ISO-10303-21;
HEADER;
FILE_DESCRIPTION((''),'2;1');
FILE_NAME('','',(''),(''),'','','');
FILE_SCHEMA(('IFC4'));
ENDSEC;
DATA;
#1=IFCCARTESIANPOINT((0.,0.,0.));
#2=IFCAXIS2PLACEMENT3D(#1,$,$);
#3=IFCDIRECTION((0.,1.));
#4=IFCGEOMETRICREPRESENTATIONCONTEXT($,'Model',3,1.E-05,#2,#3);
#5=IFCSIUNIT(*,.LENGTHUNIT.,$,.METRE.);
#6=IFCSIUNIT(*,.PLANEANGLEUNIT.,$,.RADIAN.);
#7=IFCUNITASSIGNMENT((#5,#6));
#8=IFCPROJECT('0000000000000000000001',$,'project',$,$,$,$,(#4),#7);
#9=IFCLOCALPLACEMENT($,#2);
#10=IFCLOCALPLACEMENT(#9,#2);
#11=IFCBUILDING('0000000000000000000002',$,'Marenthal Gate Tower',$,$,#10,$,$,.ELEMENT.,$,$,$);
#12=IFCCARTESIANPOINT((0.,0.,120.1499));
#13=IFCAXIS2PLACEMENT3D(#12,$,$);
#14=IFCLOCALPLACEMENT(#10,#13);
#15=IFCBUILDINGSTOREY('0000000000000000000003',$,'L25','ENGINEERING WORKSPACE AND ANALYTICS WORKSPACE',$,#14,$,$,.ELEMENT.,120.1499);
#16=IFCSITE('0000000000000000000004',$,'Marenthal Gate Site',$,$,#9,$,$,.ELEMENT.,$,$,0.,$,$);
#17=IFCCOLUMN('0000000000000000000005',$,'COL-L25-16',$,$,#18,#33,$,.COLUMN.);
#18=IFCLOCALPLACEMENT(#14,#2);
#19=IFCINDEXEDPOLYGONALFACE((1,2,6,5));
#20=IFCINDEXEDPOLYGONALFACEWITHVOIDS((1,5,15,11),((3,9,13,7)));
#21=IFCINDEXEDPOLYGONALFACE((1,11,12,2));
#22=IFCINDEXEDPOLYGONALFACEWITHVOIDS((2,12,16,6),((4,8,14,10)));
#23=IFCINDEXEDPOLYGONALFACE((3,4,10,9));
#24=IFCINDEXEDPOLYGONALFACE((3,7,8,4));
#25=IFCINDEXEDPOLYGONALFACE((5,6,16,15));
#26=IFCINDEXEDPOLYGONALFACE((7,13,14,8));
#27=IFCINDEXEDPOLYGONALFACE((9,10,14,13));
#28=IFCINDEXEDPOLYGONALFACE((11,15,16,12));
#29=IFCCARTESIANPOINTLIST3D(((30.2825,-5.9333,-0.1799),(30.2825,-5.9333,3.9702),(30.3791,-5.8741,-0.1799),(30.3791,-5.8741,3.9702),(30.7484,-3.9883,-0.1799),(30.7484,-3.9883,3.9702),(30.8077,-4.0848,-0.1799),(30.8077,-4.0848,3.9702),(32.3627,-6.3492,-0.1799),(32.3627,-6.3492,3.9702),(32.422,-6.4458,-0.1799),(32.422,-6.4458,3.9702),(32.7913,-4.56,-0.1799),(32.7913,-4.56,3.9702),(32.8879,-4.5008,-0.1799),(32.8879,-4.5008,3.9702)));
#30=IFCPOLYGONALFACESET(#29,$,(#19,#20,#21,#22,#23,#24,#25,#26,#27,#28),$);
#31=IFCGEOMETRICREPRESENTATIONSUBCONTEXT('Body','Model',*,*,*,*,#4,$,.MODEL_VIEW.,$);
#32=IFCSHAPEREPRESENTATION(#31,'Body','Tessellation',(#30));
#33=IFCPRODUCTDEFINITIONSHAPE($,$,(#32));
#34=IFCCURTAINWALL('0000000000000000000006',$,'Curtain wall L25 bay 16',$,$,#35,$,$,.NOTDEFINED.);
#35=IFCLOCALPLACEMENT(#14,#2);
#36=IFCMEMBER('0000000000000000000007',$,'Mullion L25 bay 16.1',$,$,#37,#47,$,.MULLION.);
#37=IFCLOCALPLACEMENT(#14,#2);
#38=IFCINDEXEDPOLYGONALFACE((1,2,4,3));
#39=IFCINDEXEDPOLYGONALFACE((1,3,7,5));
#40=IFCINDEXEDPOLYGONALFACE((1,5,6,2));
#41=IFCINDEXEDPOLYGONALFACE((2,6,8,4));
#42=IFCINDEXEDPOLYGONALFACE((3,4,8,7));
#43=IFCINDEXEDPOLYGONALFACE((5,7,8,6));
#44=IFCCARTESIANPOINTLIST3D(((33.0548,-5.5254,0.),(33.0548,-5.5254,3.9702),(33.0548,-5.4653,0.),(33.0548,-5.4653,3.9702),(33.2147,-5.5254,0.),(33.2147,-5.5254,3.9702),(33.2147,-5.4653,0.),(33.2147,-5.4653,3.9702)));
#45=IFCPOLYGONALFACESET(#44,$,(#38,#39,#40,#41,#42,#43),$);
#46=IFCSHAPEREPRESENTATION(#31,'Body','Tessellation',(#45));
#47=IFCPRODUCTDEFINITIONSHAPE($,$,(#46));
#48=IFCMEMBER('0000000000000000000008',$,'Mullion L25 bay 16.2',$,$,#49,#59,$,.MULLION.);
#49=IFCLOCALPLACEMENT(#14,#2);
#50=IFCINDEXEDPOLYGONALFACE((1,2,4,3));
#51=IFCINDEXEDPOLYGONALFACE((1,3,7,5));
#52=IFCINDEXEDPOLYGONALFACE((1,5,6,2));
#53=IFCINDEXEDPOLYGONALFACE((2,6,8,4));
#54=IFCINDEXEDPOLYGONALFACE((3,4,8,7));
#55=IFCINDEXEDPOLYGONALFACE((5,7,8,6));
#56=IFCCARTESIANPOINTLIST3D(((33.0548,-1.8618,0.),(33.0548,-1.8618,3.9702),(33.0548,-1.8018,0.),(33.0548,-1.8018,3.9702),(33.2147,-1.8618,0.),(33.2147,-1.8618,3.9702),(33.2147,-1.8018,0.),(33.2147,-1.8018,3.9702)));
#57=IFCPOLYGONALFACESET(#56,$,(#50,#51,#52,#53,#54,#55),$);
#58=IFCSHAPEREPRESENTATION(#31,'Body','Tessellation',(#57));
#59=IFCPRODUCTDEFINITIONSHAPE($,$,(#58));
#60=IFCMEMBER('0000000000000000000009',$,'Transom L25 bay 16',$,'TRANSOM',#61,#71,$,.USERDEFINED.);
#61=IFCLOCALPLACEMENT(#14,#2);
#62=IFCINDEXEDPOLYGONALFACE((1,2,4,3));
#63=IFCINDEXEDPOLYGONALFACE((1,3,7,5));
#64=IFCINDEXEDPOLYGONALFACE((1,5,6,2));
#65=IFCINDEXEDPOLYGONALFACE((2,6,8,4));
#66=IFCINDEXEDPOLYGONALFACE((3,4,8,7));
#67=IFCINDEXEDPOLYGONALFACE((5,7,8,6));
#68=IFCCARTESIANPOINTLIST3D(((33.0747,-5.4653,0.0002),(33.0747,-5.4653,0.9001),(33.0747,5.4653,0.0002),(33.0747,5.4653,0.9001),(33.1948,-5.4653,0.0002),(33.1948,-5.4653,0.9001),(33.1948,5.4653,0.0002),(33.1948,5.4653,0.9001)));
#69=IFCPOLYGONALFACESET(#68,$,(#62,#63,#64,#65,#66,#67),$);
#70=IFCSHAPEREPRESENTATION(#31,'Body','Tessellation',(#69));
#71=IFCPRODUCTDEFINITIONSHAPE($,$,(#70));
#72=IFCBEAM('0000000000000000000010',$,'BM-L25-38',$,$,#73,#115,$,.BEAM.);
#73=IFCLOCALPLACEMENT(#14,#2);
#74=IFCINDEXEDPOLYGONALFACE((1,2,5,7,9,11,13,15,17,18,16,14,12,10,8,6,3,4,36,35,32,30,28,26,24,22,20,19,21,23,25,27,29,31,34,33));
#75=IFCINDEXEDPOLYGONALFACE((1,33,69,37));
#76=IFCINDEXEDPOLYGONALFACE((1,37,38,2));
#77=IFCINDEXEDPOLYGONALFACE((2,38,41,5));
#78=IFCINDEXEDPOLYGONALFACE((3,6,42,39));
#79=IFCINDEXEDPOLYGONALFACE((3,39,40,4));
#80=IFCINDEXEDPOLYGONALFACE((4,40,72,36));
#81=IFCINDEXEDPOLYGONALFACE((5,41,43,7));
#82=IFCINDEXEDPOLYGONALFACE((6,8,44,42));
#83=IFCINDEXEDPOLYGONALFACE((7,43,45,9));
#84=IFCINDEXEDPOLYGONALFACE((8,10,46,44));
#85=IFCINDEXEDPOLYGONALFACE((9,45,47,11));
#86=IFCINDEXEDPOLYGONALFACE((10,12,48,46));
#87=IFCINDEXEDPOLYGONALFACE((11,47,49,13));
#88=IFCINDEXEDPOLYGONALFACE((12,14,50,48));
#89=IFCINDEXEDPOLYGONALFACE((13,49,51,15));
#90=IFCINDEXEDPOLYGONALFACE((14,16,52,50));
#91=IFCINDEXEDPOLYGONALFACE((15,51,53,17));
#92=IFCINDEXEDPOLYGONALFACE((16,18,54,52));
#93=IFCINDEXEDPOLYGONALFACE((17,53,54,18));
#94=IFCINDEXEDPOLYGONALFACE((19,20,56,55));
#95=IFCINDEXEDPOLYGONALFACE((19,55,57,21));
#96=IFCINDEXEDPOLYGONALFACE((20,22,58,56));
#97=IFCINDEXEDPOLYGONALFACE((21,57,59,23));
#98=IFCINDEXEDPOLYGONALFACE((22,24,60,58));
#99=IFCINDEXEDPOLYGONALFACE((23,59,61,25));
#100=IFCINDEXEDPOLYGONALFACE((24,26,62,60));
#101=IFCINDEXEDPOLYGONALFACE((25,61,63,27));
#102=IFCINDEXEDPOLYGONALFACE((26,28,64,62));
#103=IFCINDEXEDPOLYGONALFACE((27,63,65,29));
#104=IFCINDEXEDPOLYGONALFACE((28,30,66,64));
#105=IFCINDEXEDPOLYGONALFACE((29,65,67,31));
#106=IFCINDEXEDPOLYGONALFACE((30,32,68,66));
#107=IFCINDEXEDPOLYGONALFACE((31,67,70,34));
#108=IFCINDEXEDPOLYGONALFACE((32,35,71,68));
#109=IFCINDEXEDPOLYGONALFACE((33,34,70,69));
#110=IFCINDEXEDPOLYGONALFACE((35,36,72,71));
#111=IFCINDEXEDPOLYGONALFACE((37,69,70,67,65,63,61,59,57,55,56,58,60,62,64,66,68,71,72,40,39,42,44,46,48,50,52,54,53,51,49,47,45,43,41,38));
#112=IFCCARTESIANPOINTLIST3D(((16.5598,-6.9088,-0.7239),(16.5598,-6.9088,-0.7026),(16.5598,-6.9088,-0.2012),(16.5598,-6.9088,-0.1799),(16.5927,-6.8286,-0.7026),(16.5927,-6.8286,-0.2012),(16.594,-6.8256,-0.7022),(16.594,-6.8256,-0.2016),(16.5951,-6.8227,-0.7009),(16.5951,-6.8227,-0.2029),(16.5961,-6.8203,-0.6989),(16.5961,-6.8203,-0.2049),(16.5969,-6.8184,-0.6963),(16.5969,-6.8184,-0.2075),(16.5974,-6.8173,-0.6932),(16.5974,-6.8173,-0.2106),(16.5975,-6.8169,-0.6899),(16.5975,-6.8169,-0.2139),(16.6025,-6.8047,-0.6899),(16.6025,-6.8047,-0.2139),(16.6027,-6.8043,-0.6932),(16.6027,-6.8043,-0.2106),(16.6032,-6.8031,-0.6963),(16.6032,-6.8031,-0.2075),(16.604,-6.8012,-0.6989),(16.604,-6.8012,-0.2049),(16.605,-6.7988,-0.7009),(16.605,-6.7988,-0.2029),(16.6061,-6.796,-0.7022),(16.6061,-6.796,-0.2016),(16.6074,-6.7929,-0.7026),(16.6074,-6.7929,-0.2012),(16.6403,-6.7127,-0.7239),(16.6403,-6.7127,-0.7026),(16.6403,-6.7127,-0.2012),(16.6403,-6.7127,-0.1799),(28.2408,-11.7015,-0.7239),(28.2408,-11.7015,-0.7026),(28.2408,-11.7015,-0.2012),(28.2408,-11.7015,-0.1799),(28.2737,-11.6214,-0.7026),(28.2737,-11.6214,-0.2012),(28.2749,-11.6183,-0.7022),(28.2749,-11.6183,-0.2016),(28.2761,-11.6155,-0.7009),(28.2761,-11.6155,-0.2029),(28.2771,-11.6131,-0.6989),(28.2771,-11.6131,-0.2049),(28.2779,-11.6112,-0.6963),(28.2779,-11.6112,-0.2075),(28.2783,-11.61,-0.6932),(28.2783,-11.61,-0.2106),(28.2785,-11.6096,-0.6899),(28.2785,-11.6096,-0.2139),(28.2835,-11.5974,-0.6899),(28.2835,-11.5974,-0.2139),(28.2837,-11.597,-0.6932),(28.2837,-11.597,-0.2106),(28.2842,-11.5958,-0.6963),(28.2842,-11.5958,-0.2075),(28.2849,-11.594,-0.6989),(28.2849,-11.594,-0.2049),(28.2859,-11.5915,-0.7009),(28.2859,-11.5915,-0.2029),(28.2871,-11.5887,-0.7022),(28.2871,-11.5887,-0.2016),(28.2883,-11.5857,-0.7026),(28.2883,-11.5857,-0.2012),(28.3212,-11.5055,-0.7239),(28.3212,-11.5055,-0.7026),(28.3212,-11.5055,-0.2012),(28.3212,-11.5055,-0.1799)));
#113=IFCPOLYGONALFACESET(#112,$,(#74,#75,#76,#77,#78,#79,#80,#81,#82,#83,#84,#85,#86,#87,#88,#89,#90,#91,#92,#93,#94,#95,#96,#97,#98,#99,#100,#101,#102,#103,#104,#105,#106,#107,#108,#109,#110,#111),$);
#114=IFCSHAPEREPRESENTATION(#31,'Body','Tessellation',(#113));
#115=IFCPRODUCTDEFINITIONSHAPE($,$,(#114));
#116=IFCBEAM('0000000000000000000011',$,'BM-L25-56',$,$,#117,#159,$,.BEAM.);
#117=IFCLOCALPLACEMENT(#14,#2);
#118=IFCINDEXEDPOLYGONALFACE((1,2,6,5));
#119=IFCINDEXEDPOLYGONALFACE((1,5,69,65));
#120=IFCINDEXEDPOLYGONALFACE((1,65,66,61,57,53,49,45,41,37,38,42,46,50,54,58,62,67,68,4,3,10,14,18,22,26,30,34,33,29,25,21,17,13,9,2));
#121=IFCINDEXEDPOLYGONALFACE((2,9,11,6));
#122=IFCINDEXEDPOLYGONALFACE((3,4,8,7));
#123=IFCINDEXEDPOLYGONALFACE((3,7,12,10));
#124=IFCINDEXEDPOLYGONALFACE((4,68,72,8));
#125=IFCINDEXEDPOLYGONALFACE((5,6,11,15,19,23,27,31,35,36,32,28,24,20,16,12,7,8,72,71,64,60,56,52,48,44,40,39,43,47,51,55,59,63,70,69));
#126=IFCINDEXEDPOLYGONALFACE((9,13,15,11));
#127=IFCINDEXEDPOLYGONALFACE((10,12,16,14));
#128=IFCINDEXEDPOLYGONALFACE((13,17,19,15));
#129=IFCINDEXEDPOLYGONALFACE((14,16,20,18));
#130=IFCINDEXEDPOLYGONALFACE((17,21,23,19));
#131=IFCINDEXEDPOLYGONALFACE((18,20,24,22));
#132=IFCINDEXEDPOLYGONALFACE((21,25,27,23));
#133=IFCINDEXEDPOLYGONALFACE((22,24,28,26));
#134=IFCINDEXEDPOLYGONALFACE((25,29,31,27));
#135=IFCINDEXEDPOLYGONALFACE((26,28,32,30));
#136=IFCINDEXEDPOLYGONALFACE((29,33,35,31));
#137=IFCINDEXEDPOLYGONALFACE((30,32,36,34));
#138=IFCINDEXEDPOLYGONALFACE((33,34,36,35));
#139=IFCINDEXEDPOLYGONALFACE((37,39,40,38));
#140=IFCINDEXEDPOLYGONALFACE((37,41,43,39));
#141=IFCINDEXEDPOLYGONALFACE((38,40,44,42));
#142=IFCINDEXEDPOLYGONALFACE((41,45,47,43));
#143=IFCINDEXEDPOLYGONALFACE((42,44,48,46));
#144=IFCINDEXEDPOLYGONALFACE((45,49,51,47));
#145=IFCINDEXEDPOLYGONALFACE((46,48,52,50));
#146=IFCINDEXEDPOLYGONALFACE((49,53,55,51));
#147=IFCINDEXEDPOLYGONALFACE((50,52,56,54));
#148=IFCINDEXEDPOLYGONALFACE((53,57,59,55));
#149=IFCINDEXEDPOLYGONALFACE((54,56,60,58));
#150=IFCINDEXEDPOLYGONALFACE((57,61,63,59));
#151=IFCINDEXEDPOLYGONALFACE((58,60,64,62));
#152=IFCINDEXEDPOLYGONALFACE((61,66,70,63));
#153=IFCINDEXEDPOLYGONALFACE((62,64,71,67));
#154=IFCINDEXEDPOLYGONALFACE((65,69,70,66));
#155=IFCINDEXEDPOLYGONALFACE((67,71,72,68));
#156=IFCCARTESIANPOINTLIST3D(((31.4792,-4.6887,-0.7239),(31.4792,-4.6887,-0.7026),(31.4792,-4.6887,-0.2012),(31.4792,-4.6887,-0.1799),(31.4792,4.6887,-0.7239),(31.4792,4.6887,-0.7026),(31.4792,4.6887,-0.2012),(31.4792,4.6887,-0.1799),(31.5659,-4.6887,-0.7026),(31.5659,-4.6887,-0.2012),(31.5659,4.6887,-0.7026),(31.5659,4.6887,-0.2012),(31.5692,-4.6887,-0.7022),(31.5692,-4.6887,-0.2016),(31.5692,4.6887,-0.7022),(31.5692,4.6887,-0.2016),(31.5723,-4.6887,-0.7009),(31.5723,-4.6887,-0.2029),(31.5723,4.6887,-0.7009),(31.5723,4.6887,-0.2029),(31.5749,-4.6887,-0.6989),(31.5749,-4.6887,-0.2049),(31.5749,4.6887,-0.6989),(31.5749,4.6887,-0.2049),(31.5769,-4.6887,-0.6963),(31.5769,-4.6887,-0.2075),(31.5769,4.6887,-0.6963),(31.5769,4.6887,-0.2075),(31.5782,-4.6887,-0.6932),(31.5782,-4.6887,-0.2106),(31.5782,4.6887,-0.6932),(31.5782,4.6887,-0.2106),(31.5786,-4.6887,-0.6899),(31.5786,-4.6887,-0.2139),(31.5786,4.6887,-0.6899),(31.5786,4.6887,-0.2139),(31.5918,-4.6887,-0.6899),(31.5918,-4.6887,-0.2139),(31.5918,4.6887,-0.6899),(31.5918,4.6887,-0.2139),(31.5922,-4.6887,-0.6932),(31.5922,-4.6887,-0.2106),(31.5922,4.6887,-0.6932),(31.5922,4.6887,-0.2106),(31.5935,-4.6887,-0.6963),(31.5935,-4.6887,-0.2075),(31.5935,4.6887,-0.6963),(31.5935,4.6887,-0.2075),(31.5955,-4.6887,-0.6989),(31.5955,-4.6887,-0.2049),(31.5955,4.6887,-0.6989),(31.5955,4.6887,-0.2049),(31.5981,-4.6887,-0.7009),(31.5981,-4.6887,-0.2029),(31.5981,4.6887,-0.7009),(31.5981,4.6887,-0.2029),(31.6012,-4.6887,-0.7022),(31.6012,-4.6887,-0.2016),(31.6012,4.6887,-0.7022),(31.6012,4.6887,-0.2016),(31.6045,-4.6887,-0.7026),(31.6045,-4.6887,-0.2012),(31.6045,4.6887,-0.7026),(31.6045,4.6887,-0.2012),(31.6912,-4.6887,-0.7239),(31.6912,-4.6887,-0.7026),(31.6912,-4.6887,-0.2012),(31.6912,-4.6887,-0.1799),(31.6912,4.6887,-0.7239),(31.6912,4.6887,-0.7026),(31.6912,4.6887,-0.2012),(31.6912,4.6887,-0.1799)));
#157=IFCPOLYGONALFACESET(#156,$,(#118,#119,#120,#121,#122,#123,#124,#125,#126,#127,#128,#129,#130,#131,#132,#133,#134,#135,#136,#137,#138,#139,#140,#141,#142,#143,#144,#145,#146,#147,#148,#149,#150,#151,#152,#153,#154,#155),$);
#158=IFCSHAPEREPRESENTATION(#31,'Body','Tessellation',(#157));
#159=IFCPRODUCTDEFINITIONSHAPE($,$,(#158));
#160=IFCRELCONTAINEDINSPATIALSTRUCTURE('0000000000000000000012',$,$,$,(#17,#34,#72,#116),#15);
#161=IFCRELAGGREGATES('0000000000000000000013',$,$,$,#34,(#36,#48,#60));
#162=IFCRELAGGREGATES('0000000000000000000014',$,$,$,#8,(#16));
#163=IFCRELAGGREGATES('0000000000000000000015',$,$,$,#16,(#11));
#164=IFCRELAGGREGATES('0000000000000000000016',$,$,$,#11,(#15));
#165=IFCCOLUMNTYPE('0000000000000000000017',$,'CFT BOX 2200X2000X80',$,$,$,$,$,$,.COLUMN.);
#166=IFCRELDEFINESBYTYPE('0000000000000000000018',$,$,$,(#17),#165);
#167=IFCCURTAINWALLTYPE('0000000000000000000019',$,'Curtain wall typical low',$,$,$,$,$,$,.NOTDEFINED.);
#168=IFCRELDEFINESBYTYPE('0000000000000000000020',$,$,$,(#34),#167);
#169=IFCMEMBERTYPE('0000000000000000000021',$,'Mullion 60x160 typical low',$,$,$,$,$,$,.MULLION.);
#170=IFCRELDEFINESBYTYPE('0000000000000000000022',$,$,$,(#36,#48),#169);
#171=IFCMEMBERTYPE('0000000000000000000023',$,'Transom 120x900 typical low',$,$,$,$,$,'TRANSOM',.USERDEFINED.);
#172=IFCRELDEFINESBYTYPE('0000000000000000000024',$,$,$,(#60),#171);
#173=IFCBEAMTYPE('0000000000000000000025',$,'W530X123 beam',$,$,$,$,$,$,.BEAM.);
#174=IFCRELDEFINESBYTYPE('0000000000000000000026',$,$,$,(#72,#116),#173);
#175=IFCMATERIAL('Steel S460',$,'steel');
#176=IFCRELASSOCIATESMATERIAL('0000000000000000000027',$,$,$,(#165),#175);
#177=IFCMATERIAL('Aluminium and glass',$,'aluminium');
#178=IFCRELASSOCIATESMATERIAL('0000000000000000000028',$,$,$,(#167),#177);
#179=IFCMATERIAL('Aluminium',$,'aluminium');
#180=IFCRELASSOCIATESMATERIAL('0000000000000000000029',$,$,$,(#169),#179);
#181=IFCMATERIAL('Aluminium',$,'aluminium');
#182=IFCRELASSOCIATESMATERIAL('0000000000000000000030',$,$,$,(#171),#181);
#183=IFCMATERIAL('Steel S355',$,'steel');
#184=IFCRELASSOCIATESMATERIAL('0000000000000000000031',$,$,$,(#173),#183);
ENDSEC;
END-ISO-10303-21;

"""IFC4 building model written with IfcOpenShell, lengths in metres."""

from ifc_helpers import new_model, si_unit, direction, frame, origin, origin_2d, place, context, subcontext, project, spatial, rectangle, hollow_rectangle, i_section, extrude, material, material_profile, profile_set, type_object, element, aggregate, save


model = new_model("IFC4")

# Units and contexts
model_context = context("Model", 3, precision=1e-05, world=origin(), true_north=direction((0.0, 1.0)))
body_context = subcontext(model_context, "Body", "Model", "MODEL_VIEW")
ifc_project = project(units=[si_unit("LENGTHUNIT", "METRE"), si_unit("PLANEANGLEUNIT", "RADIAN")], contexts=[model_context])

# Site, building, storey
site_placement = place(None, origin())
site = spatial("IfcSite", under=ifc_project, at=site_placement, Name="Marenthal Gate Site", CompositionType="ELEMENT", RefElevation=0.0)
building_placement = place(site_placement, origin())
building = spatial("IfcBuilding", under=site, at=building_placement, Name="Marenthal Gate Tower", CompositionType="ELEMENT")
storey_placement = place(building_placement, frame((0.0, 0.0, 120.1499)))
storey = spatial("IfcBuildingStorey", under=building, at=storey_placement, Name="L25", Description="ENGINEERING WORKSPACE AND ANALYTICS WORKSPACE", CompositionType="ELEMENT", Elevation=120.1499)

# Column
ifc_material_1 = material(Name="Steel S460", Category="steel")
ifc_material_profile_1 = material_profile(ifc_material_1, hollow_rectangle(XDim=2.0, YDim=2.2, WallThickness=0.0801, at=origin_2d()), Name="CFT BOX 2200X2000X80")
ifc_material_2 = material(Name="Concrete 70 MPa", Category="concrete")
ifc_material_profile_2 = material_profile(ifc_material_2, rectangle(XDim=1.8401, YDim=2.04, at=origin_2d()), Name="CFT BOX 2200X2000X80 INFILL")
ifc_profile_set_1 = profile_set([ifc_material_profile_1, ifc_material_profile_2], Name="Steel S460 shell, Concrete 70 MPa infill")
column_type = type_object("IfcColumnType", Name="CFT BOX 2200X2000X80", PredefinedType="COLUMN", material=ifc_profile_set_1)
column_placement = place(storey_placement, frame((31.5852, -5.217, -0.1799), z_axis=(0.0, 0.0, 1.0), x_axis=(-0.23295, -0.972489, 0.0)))
element("IfcColumn", 1, at=column_placement, inside=storey, type_object=column_type, Name="COL-L25-16", PredefinedType="COLUMN", context=body_context, shape_type="SweptSolid", body=[
    extrude(hollow_rectangle(XDim=2.0, YDim=2.2, WallThickness=0.0801, at=origin_2d()), origin(), (0.0, 0.0, 1.0), 4.1501),
])

# Curtain wall, members
ifc_material_3 = material(Name="Aluminium and glass", Category="aluminium")
curtain_wall_type = type_object("IfcCurtainWallType", Name="Curtain wall typical low", PredefinedType="NOTDEFINED", material=ifc_material_3)
curtain_wall_placement = place(storey_placement, origin())
curtain_wall = element("IfcCurtainWall", 2, at=curtain_wall_placement, inside=storey, type_object=curtain_wall_type, Name="Curtain wall L25 bay 16", PredefinedType="NOTDEFINED")
ifc_material_4 = material(Name="Aluminium", Category="aluminium")
ifc_material_profile_3 = material_profile(ifc_material_4, rectangle(XDim=0.1599, YDim=0.0601, at=origin_2d()), Name="60x160 aluminium mullion")
ifc_profile_set_2 = profile_set([ifc_material_profile_3], Name="Aluminium")
member_type_1 = type_object("IfcMemberType", Name="Mullion 60x160 typical low", PredefinedType="MULLION", material=ifc_profile_set_2)
member_1_placement = place(storey_placement, frame((33.1348, -5.4954, 0.0), z_axis=(0.0, 0.0, 1.0), x_axis=(-1.0, 0.0, 0.0)))
member_1 = element("IfcMember", 3, at=member_1_placement, type_object=member_type_1, Name="Mullion L25 bay 16.1", PredefinedType="MULLION", context=body_context, shape_type="SweptSolid", body=[
    extrude(rectangle(XDim=0.1599, YDim=0.0601, at=origin_2d()), origin(), (0.0, 0.0, 1.0), 3.9702),
])
member_2_placement = place(storey_placement, frame((33.1348, -1.8318, 0.0), z_axis=(0.0, 0.0, 1.0), x_axis=(-1.0, 0.0, 0.0)))
member_2 = element("IfcMember", 4, at=member_2_placement, type_object=member_type_1, Name="Mullion L25 bay 16.2", PredefinedType="MULLION", context=body_context, shape_type="SweptSolid", body=[
    extrude(rectangle(XDim=0.1599, YDim=0.0601, at=origin_2d()), origin(), (0.0, 0.0, 1.0), 3.9702),
])
ifc_material_5 = material(Name="Aluminium", Category="aluminium")
ifc_material_profile_4 = material_profile(ifc_material_5, rectangle(XDim=0.1201, YDim=0.8999, at=origin_2d()), Name="120x900 aluminium transom")
ifc_profile_set_3 = profile_set([ifc_material_profile_4], Name="Aluminium")
member_type_2 = type_object("IfcMemberType", Name="Transom 120x900 typical low", ElementType="TRANSOM", PredefinedType="USERDEFINED", material=ifc_profile_set_3)
member_3_placement = place(storey_placement, frame((33.1348, -5.4653, 0.4502), z_axis=(0.0, 1.0, 0.0), x_axis=(-1.0, 0.0, 0.0)))
member_3 = element("IfcMember", 5, at=member_3_placement, type_object=member_type_2, Name="Transom L25 bay 16", ObjectType="TRANSOM", PredefinedType="USERDEFINED", context=body_context, shape_type="SweptSolid", body=[
    extrude(rectangle(XDim=0.1201, YDim=0.8999, at=origin_2d()), origin(), (0.0, 0.0, 1.0), 10.9307),
])

# Beams
ifc_material_6 = material(Name="Steel S355", Category="steel")
ifc_material_profile_5 = material_profile(ifc_material_6, i_section(OverallWidth=0.2119, OverallDepth=0.5439, WebThickness=0.0132, FlangeThickness=0.0212, FilletRadius=0.0127, at=origin_2d()), Name="W530X123")
ifc_profile_set_4 = profile_set([ifc_material_profile_5], Name="Steel S355")
beam_type_1 = type_object("IfcBeamType", Name="W530X123 beam", PredefinedType="BEAM", material=ifc_profile_set_4)
beam_1_placement = place(storey_placement, frame((28.281, -11.6035, -0.4519), z_axis=(-0.925153, 0.379594, 0.0), x_axis=(-0.379594, -0.925153, 0.0)))
element("IfcBeam", 6, at=beam_1_placement, inside=storey, type_object=beam_type_1, Name="BM-L25-38", PredefinedType="BEAM", context=body_context, shape_type="SweptSolid", body=[
    extrude(i_section(OverallWidth=0.2119, OverallDepth=0.5439, WebThickness=0.0132, FlangeThickness=0.0212, FilletRadius=0.0127, at=origin_2d()), origin(), (0.0, 0.0, 1.0), 12.626),
])
beam_2_placement = place(storey_placement, frame((31.5852, -4.6887, -0.4519), z_axis=(0.0, 1.0, 0.0), x_axis=(-1.0, 0.0, 0.0)))
element("IfcBeam", 7, at=beam_2_placement, inside=storey, type_object=beam_type_1, Name="BM-L25-56", PredefinedType="BEAM", context=body_context, shape_type="SweptSolid", body=[
    extrude(i_section(OverallWidth=0.2119, OverallDepth=0.5439, WebThickness=0.0132, FlangeThickness=0.0212, FilletRadius=0.0127, at=origin_2d()), origin(), (0.0, 0.0, 1.0), 9.3774),
])

aggregate(curtain_wall, [member_1, member_2, member_3])

save(model, "model.ifc")
